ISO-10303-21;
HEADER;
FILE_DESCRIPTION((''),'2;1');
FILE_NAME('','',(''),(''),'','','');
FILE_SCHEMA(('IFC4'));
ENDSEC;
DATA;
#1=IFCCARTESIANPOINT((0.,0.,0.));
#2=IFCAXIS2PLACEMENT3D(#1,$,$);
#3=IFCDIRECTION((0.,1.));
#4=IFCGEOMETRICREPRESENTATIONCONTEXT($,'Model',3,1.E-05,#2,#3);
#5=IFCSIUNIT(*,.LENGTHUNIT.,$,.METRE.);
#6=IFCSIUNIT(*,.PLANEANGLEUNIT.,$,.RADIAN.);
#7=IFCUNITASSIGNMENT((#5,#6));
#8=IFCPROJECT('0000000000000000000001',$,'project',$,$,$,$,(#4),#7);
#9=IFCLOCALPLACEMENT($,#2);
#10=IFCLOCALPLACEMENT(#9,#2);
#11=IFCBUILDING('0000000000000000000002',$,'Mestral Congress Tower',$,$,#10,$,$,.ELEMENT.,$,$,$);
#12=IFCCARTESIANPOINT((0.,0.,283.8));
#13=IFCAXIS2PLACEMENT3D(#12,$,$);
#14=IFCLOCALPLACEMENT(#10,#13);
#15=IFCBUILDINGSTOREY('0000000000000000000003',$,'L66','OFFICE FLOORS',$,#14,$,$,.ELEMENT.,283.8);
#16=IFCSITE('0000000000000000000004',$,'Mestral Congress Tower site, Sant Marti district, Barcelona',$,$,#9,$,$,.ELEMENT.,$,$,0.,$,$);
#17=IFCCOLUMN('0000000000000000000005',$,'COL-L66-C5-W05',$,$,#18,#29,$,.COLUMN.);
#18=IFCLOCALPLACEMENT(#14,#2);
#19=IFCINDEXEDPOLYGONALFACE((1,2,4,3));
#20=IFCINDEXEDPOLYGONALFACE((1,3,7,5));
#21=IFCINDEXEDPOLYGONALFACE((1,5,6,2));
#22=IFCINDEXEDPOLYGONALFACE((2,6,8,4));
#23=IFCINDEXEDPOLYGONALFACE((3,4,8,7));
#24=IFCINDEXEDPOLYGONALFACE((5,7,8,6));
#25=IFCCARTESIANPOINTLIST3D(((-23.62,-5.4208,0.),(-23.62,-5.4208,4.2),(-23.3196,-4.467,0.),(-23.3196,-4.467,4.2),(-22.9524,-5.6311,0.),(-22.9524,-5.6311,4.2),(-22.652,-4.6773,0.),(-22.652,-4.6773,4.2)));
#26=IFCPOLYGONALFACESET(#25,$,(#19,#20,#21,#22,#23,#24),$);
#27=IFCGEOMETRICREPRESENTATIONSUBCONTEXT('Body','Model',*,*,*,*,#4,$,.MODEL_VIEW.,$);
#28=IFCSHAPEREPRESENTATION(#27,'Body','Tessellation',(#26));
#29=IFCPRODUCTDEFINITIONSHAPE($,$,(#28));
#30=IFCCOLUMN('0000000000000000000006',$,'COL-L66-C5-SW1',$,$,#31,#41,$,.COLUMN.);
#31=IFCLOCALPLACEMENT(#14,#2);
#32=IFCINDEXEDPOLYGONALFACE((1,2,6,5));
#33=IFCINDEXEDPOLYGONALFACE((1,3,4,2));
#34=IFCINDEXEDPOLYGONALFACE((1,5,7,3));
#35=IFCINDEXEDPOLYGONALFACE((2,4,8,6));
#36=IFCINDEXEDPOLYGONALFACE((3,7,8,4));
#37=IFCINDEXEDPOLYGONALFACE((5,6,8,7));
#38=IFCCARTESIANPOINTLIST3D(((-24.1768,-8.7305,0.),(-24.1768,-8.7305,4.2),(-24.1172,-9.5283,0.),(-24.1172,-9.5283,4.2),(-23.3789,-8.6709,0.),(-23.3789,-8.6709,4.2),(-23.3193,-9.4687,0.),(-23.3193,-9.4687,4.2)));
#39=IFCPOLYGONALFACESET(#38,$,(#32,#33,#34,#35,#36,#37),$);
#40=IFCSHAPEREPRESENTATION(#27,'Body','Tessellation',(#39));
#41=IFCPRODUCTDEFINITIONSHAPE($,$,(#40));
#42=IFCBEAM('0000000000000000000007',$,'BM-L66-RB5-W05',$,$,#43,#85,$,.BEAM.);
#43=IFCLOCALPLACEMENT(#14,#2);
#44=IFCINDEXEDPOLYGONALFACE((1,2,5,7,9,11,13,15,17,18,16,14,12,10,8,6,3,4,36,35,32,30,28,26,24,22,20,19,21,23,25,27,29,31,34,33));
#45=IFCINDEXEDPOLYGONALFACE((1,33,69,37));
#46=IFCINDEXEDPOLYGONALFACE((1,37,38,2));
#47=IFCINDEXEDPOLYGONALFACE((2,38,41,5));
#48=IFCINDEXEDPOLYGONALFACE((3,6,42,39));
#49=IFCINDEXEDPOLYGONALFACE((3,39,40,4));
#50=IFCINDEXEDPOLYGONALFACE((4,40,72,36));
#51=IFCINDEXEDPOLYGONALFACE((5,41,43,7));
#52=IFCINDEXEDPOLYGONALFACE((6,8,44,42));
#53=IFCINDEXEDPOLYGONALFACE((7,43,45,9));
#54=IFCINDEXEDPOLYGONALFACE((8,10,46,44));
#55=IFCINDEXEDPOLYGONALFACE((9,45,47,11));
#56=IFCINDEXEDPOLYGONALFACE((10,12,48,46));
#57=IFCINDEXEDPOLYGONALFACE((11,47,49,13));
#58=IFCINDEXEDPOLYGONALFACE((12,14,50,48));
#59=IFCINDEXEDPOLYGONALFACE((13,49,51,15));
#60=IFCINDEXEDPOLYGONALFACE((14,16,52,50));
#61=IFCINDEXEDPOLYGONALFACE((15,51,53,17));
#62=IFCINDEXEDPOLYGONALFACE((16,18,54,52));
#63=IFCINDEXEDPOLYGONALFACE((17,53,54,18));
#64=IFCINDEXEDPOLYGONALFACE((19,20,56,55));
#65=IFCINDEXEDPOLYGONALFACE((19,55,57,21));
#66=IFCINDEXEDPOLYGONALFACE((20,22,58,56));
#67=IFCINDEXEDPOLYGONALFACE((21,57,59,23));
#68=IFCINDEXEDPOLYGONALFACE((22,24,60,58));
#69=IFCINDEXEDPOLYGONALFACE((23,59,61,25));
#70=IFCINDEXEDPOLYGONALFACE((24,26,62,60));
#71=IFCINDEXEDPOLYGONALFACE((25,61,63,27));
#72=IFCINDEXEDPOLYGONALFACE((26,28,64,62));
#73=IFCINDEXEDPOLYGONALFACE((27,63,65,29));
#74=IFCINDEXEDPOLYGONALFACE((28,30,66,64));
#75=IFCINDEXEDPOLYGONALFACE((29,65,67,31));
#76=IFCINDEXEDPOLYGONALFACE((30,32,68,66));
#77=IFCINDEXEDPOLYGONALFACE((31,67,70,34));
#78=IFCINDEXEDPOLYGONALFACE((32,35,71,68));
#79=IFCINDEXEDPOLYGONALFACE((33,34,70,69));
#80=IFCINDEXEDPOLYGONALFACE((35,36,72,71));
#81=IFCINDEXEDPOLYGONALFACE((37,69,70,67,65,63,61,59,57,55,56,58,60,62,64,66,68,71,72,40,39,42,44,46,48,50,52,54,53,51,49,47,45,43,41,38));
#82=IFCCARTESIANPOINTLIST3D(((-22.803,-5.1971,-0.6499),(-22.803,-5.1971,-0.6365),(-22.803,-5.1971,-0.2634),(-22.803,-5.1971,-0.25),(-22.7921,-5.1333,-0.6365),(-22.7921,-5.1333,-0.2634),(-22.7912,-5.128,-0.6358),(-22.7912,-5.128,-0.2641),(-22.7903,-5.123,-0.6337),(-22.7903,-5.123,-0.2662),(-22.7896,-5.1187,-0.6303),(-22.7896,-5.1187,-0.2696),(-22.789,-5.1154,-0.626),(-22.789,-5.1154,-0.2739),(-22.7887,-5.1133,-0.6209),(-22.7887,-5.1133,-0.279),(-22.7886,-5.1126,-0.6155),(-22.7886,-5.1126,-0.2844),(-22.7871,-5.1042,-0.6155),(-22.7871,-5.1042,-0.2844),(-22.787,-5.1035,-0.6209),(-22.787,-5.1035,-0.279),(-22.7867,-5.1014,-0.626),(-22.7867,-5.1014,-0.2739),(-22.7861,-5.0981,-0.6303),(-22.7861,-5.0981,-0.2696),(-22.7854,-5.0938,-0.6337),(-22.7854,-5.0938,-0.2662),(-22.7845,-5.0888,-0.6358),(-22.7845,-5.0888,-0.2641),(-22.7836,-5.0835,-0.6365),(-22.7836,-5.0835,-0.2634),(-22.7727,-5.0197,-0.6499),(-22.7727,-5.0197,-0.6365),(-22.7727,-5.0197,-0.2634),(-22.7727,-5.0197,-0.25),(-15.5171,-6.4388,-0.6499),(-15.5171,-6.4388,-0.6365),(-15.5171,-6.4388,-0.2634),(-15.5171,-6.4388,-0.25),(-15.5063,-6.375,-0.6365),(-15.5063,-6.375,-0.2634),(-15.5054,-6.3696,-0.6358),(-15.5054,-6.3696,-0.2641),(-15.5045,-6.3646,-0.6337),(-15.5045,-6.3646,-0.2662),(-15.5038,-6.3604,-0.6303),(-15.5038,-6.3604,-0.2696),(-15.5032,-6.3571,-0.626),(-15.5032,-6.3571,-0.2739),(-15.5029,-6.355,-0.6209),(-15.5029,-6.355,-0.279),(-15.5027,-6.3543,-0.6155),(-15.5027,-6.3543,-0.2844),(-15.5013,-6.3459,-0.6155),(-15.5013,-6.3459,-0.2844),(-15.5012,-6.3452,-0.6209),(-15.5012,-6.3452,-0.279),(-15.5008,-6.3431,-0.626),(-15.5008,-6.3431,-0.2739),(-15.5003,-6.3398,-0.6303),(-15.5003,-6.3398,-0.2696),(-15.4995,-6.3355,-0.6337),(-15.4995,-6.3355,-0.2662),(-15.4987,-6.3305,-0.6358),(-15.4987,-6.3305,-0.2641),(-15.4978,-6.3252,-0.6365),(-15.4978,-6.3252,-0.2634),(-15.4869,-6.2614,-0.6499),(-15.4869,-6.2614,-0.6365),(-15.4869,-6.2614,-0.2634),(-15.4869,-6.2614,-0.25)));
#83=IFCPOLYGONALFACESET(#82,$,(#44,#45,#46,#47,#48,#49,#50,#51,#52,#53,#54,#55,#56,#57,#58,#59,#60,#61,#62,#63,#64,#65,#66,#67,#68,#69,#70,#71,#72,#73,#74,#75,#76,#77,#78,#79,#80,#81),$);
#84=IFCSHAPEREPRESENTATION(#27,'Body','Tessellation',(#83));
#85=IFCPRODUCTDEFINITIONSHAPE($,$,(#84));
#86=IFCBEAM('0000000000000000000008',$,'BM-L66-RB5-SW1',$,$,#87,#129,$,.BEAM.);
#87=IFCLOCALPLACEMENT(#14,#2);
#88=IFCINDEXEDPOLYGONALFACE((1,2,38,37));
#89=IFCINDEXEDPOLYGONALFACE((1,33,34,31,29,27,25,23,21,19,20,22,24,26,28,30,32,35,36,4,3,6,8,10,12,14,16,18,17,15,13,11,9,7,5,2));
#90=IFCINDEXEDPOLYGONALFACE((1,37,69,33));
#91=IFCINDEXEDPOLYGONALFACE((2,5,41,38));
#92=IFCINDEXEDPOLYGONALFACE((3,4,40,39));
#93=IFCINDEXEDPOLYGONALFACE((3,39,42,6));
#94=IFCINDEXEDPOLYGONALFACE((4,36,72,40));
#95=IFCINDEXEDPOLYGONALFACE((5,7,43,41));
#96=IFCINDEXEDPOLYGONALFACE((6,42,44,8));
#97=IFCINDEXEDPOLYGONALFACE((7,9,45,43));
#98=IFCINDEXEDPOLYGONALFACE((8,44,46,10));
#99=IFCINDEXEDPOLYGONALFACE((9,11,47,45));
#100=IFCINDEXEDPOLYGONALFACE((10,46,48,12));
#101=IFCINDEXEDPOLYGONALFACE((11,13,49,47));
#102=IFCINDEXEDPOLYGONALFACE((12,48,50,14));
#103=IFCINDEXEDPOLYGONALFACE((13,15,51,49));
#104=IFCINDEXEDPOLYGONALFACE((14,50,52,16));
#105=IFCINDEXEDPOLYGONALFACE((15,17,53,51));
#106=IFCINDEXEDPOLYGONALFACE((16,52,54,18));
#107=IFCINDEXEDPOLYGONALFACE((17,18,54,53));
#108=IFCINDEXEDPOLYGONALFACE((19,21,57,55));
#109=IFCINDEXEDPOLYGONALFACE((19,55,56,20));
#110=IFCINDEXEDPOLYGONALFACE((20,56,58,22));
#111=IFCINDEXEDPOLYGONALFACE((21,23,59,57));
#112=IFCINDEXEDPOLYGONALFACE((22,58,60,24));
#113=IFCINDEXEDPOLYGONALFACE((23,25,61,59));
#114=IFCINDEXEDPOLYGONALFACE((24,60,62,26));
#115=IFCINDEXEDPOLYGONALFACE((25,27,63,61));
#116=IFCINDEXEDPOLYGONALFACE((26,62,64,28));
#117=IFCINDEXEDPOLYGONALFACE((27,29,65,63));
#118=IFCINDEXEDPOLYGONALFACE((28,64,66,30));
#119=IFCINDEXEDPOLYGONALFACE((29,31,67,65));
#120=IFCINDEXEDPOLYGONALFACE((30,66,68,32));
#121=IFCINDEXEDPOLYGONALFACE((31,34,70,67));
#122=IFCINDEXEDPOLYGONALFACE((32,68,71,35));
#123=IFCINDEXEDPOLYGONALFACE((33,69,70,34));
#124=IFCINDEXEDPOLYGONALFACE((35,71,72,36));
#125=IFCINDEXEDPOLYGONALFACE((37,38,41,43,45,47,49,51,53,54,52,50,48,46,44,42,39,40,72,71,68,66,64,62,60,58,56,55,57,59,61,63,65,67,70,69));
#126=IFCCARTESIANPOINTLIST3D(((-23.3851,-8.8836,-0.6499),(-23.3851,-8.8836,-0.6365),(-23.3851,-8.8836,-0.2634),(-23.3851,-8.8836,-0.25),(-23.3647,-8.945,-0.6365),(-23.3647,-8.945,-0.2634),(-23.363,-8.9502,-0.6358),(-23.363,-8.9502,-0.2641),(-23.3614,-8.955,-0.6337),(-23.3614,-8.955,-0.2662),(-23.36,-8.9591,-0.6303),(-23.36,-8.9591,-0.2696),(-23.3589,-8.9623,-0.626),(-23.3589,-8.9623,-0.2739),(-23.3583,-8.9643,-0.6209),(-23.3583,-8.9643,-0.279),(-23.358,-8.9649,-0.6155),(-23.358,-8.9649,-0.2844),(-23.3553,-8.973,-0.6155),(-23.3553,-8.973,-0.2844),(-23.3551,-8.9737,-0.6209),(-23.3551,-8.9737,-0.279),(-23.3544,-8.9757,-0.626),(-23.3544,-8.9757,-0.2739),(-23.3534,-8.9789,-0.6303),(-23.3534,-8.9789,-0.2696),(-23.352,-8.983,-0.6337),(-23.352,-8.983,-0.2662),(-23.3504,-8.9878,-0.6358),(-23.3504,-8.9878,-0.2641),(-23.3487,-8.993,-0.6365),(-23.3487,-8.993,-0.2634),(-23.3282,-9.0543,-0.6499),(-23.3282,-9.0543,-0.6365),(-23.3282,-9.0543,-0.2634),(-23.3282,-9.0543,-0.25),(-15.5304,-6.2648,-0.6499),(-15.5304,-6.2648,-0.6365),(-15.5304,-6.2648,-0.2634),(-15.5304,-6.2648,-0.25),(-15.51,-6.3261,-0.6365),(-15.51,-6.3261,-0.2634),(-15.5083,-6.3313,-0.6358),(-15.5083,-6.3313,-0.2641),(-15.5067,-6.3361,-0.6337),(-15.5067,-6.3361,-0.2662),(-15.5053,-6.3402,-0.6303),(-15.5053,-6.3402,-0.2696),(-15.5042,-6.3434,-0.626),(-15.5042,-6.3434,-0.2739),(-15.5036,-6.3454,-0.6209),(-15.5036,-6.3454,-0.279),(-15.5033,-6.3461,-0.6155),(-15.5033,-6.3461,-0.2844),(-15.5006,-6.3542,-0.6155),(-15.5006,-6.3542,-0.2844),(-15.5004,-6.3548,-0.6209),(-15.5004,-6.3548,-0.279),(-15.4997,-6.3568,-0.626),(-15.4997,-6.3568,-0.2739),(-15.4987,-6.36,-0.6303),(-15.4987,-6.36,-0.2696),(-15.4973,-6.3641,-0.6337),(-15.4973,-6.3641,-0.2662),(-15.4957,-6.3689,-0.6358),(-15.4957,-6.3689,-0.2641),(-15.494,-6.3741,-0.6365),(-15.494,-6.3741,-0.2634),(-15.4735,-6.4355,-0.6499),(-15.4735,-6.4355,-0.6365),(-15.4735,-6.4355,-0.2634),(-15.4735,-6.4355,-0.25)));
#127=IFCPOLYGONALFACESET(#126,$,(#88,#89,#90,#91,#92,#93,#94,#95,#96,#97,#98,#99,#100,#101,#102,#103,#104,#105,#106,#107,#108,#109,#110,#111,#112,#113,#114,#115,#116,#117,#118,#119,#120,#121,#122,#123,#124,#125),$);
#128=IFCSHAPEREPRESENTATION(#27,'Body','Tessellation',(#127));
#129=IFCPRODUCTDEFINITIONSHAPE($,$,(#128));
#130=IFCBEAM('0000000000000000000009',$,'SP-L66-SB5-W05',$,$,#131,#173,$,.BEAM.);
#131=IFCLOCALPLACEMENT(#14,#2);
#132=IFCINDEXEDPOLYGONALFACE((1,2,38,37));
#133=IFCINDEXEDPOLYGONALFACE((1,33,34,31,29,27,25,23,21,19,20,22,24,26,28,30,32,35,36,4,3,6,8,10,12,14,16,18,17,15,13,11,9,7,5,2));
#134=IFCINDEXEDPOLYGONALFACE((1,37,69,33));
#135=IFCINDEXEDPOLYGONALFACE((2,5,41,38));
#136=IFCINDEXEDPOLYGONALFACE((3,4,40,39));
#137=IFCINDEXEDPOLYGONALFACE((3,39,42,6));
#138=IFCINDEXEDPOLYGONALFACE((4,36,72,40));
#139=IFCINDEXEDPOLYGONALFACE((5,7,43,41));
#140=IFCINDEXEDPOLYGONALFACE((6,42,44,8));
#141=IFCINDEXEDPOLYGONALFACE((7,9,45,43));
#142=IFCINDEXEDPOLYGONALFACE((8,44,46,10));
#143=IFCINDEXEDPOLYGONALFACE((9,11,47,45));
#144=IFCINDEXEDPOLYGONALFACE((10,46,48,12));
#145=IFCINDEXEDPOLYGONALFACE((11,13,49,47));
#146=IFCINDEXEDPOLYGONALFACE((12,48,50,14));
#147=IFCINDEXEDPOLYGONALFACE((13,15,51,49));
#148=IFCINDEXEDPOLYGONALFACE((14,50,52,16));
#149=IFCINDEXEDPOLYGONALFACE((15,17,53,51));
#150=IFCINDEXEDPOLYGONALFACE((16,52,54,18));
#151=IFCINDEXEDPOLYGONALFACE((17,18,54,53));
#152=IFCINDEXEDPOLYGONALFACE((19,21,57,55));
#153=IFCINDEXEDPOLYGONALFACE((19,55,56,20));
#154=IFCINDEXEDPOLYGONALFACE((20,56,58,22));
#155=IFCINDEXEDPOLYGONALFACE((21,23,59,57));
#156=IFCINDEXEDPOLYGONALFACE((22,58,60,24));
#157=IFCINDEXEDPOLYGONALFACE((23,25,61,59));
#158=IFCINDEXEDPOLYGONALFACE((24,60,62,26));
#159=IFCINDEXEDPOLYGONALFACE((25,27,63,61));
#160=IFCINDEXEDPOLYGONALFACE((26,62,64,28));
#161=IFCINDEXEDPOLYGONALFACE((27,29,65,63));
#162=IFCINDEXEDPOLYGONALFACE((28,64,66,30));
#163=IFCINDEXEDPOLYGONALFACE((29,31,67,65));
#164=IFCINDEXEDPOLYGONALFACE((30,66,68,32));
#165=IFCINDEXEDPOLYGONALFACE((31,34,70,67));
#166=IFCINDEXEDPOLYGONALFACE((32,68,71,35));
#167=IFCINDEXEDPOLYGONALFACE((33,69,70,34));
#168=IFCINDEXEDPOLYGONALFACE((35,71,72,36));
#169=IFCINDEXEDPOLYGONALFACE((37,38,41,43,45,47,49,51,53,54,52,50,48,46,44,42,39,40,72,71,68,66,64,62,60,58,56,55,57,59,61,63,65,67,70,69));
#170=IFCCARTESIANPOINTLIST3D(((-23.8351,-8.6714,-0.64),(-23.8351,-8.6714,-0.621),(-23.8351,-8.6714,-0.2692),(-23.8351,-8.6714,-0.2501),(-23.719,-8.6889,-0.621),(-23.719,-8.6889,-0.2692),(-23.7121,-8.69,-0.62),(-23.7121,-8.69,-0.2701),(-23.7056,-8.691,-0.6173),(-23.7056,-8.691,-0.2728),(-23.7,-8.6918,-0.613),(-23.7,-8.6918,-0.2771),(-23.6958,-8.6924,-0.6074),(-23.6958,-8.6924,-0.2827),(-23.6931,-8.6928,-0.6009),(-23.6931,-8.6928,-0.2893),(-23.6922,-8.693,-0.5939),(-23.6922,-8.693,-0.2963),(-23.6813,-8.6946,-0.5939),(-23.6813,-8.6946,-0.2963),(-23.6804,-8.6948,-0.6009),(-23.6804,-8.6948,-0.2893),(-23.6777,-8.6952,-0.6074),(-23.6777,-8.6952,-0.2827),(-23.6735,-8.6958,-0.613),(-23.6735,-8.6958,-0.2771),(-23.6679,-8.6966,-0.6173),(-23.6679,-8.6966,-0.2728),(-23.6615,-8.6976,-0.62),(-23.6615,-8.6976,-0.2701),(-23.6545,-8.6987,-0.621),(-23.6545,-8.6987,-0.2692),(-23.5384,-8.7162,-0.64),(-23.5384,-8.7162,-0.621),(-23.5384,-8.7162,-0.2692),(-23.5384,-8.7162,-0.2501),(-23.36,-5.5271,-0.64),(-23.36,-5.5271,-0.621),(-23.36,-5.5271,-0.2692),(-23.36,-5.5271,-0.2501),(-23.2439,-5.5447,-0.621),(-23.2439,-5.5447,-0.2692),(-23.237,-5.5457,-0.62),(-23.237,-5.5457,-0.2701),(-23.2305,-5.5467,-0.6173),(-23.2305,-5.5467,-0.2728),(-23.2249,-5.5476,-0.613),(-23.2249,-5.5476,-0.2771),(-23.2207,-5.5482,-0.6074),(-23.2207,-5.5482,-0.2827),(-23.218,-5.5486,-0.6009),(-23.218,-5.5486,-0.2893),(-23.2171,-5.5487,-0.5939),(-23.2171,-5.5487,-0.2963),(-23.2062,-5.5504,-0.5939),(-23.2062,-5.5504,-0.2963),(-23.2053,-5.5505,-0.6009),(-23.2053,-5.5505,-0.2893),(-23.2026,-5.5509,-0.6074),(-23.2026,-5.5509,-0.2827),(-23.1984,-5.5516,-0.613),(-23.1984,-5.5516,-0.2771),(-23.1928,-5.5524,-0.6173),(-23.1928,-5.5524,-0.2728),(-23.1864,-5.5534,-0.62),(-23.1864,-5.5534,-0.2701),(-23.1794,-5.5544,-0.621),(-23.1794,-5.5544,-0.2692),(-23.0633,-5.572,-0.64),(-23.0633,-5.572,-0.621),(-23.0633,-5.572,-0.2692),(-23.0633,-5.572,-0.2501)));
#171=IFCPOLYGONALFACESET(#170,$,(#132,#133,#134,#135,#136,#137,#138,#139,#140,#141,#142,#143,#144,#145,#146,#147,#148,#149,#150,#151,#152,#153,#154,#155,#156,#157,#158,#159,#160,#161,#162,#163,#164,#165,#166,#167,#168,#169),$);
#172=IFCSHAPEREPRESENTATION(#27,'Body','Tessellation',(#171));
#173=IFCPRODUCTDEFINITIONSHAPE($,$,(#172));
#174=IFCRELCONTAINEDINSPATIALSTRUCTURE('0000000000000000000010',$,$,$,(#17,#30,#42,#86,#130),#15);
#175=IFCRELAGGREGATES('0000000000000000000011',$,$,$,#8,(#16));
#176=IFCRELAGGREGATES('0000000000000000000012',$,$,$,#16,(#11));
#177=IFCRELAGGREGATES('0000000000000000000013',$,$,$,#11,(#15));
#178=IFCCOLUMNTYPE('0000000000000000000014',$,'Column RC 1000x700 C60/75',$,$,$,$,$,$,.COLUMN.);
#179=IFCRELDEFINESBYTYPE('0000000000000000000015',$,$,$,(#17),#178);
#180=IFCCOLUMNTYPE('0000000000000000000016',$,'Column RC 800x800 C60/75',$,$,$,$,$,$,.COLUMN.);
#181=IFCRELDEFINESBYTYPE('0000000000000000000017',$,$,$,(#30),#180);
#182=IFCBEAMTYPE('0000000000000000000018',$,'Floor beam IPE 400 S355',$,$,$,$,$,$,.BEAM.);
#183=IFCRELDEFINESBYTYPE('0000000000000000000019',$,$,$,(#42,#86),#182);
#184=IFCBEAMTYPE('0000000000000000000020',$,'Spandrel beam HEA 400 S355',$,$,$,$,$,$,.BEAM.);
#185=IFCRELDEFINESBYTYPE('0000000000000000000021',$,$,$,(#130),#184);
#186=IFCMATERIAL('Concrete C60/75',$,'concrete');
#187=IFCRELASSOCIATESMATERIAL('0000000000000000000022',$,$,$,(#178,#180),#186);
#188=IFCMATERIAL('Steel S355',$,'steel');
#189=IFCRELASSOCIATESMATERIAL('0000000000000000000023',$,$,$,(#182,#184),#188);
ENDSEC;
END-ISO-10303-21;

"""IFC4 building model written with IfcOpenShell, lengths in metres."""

from ifc_helpers import new_model, si_unit, direction, frame, origin, origin_2d, place, context, subcontext, project, spatial, rectangle, i_section, extrude, material, material_profile, profile_set, type_object, element, save


model = new_model("IFC4")

# Units and contexts
model_context = context("Model", 3, precision=1e-05, world=origin(), true_north=direction((0.0, 1.0)))
body_context = subcontext(model_context, "Body", "Model", "MODEL_VIEW")
ifc_project = project(units=[si_unit("LENGTHUNIT", "METRE"), si_unit("PLANEANGLEUNIT", "RADIAN")], contexts=[model_context])

# Site, building, storey
site_placement = place(None, origin())
site = spatial("IfcSite", under=ifc_project, at=site_placement, Name="Mestral Congress Tower site, Sant Marti district, Barcelona", CompositionType="ELEMENT", RefElevation=0.0)
building_placement = place(site_placement, origin())
building = spatial("IfcBuilding", under=site, at=building_placement, Name="Mestral Congress Tower", CompositionType="ELEMENT")
storey_placement = place(building_placement, frame((0.0, 0.0, 283.8)))
storey = spatial("IfcBuildingStorey", under=building, at=storey_placement, Name="L66", Description="OFFICE FLOORS", CompositionType="ELEMENT", Elevation=283.8)

# Columns
ifc_material_1 = material(Name="Concrete C60/75", Category="concrete")
ifc_material_profile_1 = material_profile(ifc_material_1, rectangle(XDim=1.0, YDim=0.7, at=origin_2d()), Name="RC 1000x700")
ifc_profile_set_1 = profile_set([ifc_material_profile_1], Name="Concrete C60/75")
column_type_1 = type_object("IfcColumnType", Name="Column RC 1000x700 C60/75", PredefinedType="COLUMN", material=ifc_profile_set_1)
column_1_placement = place(storey_placement, frame((-23.136, -5.0491, 0.0), z_axis=(0.0, 0.0, 1.0), x_axis=(-0.300431, -0.953804, 0.0)))
element("IfcColumn", 1, at=column_1_placement, inside=storey, type_object=column_type_1, Name="COL-L66-C5-W05", PredefinedType="COLUMN", context=body_context, shape_type="SweptSolid", body=[
    extrude(rectangle(XDim=1.0, YDim=0.7, at=origin_2d()), origin(), (0.0, 0.0, 1.0), 4.2),
])
ifc_material_profile_2 = material_profile(ifc_material_1, rectangle(XDim=0.8, YDim=0.8, at=origin_2d()), Name="RC 800x800")
ifc_profile_set_2 = profile_set([ifc_material_profile_2], Name="Concrete C60/75")
column_type_2 = type_object("IfcColumnType", Name="Column RC 800x800 C60/75", PredefinedType="COLUMN", material=ifc_profile_set_2)
column_2_placement = place(storey_placement, frame((-23.748, -9.0996, 0.0), z_axis=(0.0, 0.0, 1.0), x_axis=(0.074511, -0.99722, 0.0)))
element("IfcColumn", 2, at=column_2_placement, inside=storey, type_object=column_type_2, Name="COL-L66-C5-SW1", PredefinedType="COLUMN", context=body_context, shape_type="SweptSolid", body=[
    extrude(rectangle(XDim=0.8, YDim=0.8, at=origin_2d()), origin(), (0.0, 0.0, 1.0), 4.2),
])

# Beams
ifc_material_2 = material(Name="Steel S355", Category="steel")
ifc_material_profile_3 = material_profile(ifc_material_2, i_section(OverallWidth=0.1799, OverallDepth=0.3999, WebThickness=0.0085, FlangeThickness=0.0134, FilletRadius=0.021, at=origin_2d()), Name="IPE 400")
ifc_profile_set_3 = profile_set([ifc_material_profile_3], Name="Steel S355")
beam_type_1 = type_object("IfcBeamType", Name="Floor beam IPE 400 S355", PredefinedType="BEAM", material=ifc_profile_set_3)
beam_1_placement = place(storey_placement, frame((-22.7878, -5.1084, -0.45), z_axis=(0.985787, -0.168003, 0.0), x_axis=(0.168003, 0.985787, 0.0)))
element("IfcBeam", 3, at=beam_1_placement, inside=storey, type_object=beam_type_1, Name="BM-L66-RB5-W05", PredefinedType="BEAM", context=body_context, shape_type="SweptSolid", body=[
    extrude(i_section(OverallWidth=0.1799, OverallDepth=0.3999, WebThickness=0.0085, FlangeThickness=0.0134, FilletRadius=0.021, at=origin_2d()), origin(), (0.0, 0.0, 1.0), 7.3909),
])
beam_2_placement = place(storey_placement, frame((-23.3567, -8.969, -0.45), z_axis=(0.94866, 0.316299, 0.0), x_axis=(-0.316299, 0.94866, 0.0)))
element("IfcBeam", 4, at=beam_2_placement, inside=storey, type_object=beam_type_1, Name="BM-L66-RB5-SW1", PredefinedType="BEAM", context=body_context, shape_type="SweptSolid", body=[
    extrude(i_section(OverallWidth=0.1799, OverallDepth=0.3999, WebThickness=0.0085, FlangeThickness=0.0134, FilletRadius=0.021, at=origin_2d()), origin(), (0.0, 0.0, 1.0), 8.2798),
])
ifc_material_profile_4 = material_profile(ifc_material_2, i_section(OverallWidth=0.3, OverallDepth=0.3899, WebThickness=0.011, FlangeThickness=0.019, FilletRadius=0.0271, at=origin_2d()), Name="HEA 400")
ifc_profile_set_4 = profile_set([ifc_material_profile_4], Name="Steel S355")
beam_type_2 = type_object("IfcBeamType", Name="Spandrel beam HEA 400 S355", PredefinedType="BEAM", material=ifc_profile_set_4)
beam_3_placement = place(storey_placement, frame((-23.2117, -5.5496, -0.4451), z_axis=(-0.149403, -0.988776, 0.0), x_axis=(0.988776, -0.149403, 0.0)))
element("IfcBeam", 5, at=beam_3_placement, inside=storey, type_object=beam_type_2, Name="SP-L66-SB5-W05", PredefinedType="BEAM", context=body_context, shape_type="SweptSolid", body=[
    extrude(i_section(OverallWidth=0.3, OverallDepth=0.3899, WebThickness=0.011, FlangeThickness=0.019, FilletRadius=0.0271, at=origin_2d()), origin(), (0.0, 0.0, 1.0), 3.1799),
])

save(model, "model.ifc")
